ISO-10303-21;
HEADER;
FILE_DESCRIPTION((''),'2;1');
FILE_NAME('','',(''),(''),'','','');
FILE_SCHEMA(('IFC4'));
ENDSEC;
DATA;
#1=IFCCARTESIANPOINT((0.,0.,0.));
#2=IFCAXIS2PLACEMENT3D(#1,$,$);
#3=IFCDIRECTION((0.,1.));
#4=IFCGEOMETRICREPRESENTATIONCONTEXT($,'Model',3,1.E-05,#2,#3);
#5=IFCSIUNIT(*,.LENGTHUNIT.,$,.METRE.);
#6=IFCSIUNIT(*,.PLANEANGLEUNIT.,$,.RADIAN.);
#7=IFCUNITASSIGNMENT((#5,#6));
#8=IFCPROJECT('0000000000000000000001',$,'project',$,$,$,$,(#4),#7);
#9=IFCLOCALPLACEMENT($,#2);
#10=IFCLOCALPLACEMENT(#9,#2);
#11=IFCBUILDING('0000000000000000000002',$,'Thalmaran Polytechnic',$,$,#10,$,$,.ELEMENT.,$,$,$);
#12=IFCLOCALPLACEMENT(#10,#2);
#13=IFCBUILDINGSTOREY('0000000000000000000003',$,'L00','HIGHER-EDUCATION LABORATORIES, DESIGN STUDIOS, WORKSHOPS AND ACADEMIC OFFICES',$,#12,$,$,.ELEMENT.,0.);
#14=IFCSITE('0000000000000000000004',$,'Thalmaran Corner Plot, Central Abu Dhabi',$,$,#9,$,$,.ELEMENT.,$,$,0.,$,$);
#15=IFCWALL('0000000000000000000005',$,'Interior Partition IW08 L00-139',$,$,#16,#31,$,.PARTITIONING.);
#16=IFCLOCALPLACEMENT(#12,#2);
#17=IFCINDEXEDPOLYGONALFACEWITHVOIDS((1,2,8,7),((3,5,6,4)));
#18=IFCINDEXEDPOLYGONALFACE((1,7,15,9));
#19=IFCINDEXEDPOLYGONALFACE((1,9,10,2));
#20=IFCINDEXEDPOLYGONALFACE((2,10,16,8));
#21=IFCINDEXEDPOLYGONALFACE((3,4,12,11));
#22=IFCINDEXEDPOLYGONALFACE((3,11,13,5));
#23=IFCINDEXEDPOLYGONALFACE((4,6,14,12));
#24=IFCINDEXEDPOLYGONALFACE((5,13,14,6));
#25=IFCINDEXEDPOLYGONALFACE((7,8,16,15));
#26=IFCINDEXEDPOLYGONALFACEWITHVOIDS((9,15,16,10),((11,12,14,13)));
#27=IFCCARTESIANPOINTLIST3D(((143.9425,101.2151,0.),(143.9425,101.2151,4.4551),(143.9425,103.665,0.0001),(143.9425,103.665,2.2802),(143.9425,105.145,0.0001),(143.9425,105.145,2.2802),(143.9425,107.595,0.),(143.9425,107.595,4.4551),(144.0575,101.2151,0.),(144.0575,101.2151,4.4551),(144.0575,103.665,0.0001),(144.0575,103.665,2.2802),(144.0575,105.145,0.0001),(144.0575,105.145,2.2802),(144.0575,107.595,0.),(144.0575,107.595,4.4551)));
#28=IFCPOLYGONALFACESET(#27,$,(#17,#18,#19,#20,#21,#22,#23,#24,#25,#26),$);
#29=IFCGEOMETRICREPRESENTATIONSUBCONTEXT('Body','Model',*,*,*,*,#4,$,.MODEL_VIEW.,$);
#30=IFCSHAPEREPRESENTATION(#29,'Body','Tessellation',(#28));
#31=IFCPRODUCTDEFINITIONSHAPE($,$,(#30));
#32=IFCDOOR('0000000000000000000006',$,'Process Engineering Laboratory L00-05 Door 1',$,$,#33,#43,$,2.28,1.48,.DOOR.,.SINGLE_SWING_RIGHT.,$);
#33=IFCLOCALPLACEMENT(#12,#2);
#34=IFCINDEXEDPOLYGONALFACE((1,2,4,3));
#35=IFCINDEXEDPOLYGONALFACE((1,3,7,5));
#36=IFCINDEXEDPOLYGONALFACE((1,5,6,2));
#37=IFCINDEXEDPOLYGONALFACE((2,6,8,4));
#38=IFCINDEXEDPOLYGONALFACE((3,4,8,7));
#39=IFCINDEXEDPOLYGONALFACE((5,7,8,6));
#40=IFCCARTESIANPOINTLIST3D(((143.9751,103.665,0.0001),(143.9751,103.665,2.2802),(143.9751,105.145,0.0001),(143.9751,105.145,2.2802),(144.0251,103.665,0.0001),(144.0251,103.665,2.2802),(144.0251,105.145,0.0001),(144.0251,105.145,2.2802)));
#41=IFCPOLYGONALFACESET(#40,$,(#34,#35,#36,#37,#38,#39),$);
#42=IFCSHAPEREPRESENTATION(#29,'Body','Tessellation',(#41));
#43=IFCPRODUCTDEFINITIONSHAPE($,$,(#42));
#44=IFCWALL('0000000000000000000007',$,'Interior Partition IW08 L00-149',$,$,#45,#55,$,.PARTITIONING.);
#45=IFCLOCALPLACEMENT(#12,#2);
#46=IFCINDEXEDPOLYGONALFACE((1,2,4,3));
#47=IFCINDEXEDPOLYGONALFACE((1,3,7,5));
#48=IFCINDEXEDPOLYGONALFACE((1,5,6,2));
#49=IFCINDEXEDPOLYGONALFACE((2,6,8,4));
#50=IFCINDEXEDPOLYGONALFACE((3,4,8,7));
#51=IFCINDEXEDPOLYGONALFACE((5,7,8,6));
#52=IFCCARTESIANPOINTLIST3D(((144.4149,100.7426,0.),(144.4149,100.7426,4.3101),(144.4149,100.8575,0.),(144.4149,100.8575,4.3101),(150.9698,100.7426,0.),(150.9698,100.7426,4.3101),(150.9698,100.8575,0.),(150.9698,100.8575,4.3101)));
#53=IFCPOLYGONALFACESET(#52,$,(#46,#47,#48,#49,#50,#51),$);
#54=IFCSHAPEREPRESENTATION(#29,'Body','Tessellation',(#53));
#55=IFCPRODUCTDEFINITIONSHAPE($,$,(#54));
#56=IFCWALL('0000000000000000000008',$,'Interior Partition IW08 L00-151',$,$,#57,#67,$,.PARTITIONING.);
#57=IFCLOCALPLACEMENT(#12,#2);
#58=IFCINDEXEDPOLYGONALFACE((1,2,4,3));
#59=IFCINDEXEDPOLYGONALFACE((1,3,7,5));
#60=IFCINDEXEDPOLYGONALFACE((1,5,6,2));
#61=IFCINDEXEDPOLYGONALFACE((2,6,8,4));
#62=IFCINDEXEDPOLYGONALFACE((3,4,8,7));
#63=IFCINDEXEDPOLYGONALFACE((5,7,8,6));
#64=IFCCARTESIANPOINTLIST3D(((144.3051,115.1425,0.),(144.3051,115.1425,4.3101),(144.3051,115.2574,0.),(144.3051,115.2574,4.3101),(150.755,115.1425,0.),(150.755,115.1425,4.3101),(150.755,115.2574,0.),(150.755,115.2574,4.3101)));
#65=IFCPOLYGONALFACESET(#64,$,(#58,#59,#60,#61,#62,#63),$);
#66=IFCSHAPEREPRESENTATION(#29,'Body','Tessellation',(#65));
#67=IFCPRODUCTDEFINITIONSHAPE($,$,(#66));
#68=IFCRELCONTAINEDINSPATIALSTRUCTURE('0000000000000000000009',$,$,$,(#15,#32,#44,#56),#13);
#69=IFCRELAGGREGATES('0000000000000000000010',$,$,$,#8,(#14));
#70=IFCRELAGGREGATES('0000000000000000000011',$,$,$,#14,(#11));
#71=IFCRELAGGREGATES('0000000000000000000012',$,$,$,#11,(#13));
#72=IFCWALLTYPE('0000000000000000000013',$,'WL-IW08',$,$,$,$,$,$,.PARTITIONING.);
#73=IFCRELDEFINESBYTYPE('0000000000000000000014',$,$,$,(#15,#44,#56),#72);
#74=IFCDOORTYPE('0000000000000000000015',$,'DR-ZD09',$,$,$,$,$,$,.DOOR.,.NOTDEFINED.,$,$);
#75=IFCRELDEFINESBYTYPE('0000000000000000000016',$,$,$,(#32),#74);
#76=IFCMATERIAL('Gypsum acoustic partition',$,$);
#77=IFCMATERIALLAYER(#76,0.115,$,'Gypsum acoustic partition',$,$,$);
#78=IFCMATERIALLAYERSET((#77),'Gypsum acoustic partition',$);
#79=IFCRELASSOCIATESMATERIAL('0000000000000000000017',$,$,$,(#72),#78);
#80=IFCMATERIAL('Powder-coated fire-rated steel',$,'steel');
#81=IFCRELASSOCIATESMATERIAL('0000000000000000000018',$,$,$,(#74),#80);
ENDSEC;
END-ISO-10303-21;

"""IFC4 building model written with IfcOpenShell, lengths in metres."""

from ifc_helpers import new_model, si_unit, direction, frame, frame_2d, origin, place, context, subcontext, project, spatial, rectangle, extrude, material, layer, layer_set, type_object, element, fill, save


model = new_model("IFC4")

# Units and contexts
model_context = context("Model", 3, precision=1e-05, world=origin(), true_north=direction((0.0, 1.0)))
body_context = subcontext(model_context, "Body", "Model", "MODEL_VIEW")
ifc_project = project(units=[si_unit("LENGTHUNIT", "METRE"), si_unit("PLANEANGLEUNIT", "RADIAN")], contexts=[model_context])

# Site, building, storey
site_placement = place(None, origin())
site = spatial("IfcSite", under=ifc_project, at=site_placement, Name="Thalmaran Corner Plot, Central Abu Dhabi", CompositionType="ELEMENT", RefElevation=0.0)
building_placement = place(site_placement, origin())
building = spatial("IfcBuilding", under=site, at=building_placement, Name="Thalmaran Polytechnic", CompositionType="ELEMENT")
storey_placement = place(building_placement, origin())
storey = spatial("IfcBuildingStorey", under=building, at=storey_placement, Name="L00", Description="HIGHER-EDUCATION LABORATORIES, DESIGN STUDIOS, WORKSHOPS AND ACADEMIC OFFICES", CompositionType="ELEMENT", Elevation=0.0)

# Shared definitions
ifc_material_1 = material(Name="Gypsum acoustic partition")

# Wall, opening, door
ifc_layer_1 = layer(ifc_material_1, 0.115, Name="Gypsum acoustic partition")
ifc_layer_set_1 = layer_set([ifc_layer_1], Name="Gypsum acoustic partition")
wall_type_1 = type_object("IfcWallType", Name="WL-IW08", PredefinedType="PARTITIONING", material=ifc_layer_set_1)
wall_1_placement = place(storey_placement, frame((144.0, 101.2151, 0.0), z_axis=(0.0, 0.0, 1.0), x_axis=(0.0, 1.0, 0.0)))
wall_1 = element("IfcWall", 1, at=wall_1_placement, inside=storey, type_object=wall_type_1, Name="Interior Partition IW08 L00-139", PredefinedType="PARTITIONING", context=body_context, shape_type="SweptSolid", body=[
    extrude(rectangle(XDim=6.3799, YDim=0.115, at=frame_2d((3.1899, 0.0))), origin(), (0.0, 0.0, 1.0), 4.4551),
])
opening_placement = place(wall_1_placement, frame((2.45, 0.0, 0.0)))
opening = element("IfcOpeningElement", 2, at=opening_placement, cuts=wall_1, PredefinedType="OPENING", context=body_context, shape_type="SweptSolid", body=[
    extrude(rectangle(XDim=1.48, YDim=2.28, at=frame_2d((0.74, 1.1401))), frame((0.0, 0.0674, 0.0), z_axis=(0.0, -1.0, 0.0), x_axis=(1.0, 0.0, 0.0)), (0.0, 0.0, 1.0), 0.135),
])
ifc_material_2 = material(Name="Powder-coated fire-rated steel", Category="steel")
door_type = type_object("IfcDoorType", Name="DR-ZD09", OperationType="NOTDEFINED", PredefinedType="DOOR", material=ifc_material_2)
door_placement = place(opening_placement, origin())
door = element("IfcDoor", 3, at=door_placement, inside=storey, type_object=door_type, Name="Process Engineering Laboratory L00-05 Door 1", OperationType="SINGLE_SWING_RIGHT", OverallHeight=2.28, OverallWidth=1.48, PredefinedType="DOOR", context=body_context, shape_type="SweptSolid", body=[
    extrude(rectangle(XDim=1.48, YDim=2.28, at=frame_2d((0.74, 1.1401))), frame((0.0, 0.0249, 0.0), z_axis=(0.0, -1.0, 0.0), x_axis=(1.0, 0.0, 0.0)), (0.0, 0.0, 1.0), 0.05),
])
fill(opening, door)

# Walls
wall_2_placement = place(storey_placement, frame((144.415, 100.8, 0.0), z_axis=(0.0, 0.0, 1.0), x_axis=(1.0, 0.0, 0.0)))
element("IfcWall", 4, at=wall_2_placement, inside=storey, type_object=wall_type_1, Name="Interior Partition IW08 L00-149", PredefinedType="PARTITIONING", context=body_context, shape_type="SweptSolid", body=[
    extrude(rectangle(XDim=6.5549, YDim=0.115, at=frame_2d((3.2773, 0.0))), origin(), (0.0, 0.0, 1.0), 4.3101),
])
wall_3_placement = place(storey_placement, frame((144.3049, 115.2, 0.0), z_axis=(0.0, 0.0, 1.0), x_axis=(1.0, 0.0, 0.0)))
element("IfcWall", 5, at=wall_3_placement, inside=storey, type_object=wall_type_1, Name="Interior Partition IW08 L00-151", PredefinedType="PARTITIONING", context=body_context, shape_type="SweptSolid", body=[
    extrude(rectangle(XDim=6.45, YDim=0.115, at=frame_2d((3.2251, 0.0))), origin(), (0.0, 0.0, 1.0), 4.3101),
])

save(model, "model.ifc")
